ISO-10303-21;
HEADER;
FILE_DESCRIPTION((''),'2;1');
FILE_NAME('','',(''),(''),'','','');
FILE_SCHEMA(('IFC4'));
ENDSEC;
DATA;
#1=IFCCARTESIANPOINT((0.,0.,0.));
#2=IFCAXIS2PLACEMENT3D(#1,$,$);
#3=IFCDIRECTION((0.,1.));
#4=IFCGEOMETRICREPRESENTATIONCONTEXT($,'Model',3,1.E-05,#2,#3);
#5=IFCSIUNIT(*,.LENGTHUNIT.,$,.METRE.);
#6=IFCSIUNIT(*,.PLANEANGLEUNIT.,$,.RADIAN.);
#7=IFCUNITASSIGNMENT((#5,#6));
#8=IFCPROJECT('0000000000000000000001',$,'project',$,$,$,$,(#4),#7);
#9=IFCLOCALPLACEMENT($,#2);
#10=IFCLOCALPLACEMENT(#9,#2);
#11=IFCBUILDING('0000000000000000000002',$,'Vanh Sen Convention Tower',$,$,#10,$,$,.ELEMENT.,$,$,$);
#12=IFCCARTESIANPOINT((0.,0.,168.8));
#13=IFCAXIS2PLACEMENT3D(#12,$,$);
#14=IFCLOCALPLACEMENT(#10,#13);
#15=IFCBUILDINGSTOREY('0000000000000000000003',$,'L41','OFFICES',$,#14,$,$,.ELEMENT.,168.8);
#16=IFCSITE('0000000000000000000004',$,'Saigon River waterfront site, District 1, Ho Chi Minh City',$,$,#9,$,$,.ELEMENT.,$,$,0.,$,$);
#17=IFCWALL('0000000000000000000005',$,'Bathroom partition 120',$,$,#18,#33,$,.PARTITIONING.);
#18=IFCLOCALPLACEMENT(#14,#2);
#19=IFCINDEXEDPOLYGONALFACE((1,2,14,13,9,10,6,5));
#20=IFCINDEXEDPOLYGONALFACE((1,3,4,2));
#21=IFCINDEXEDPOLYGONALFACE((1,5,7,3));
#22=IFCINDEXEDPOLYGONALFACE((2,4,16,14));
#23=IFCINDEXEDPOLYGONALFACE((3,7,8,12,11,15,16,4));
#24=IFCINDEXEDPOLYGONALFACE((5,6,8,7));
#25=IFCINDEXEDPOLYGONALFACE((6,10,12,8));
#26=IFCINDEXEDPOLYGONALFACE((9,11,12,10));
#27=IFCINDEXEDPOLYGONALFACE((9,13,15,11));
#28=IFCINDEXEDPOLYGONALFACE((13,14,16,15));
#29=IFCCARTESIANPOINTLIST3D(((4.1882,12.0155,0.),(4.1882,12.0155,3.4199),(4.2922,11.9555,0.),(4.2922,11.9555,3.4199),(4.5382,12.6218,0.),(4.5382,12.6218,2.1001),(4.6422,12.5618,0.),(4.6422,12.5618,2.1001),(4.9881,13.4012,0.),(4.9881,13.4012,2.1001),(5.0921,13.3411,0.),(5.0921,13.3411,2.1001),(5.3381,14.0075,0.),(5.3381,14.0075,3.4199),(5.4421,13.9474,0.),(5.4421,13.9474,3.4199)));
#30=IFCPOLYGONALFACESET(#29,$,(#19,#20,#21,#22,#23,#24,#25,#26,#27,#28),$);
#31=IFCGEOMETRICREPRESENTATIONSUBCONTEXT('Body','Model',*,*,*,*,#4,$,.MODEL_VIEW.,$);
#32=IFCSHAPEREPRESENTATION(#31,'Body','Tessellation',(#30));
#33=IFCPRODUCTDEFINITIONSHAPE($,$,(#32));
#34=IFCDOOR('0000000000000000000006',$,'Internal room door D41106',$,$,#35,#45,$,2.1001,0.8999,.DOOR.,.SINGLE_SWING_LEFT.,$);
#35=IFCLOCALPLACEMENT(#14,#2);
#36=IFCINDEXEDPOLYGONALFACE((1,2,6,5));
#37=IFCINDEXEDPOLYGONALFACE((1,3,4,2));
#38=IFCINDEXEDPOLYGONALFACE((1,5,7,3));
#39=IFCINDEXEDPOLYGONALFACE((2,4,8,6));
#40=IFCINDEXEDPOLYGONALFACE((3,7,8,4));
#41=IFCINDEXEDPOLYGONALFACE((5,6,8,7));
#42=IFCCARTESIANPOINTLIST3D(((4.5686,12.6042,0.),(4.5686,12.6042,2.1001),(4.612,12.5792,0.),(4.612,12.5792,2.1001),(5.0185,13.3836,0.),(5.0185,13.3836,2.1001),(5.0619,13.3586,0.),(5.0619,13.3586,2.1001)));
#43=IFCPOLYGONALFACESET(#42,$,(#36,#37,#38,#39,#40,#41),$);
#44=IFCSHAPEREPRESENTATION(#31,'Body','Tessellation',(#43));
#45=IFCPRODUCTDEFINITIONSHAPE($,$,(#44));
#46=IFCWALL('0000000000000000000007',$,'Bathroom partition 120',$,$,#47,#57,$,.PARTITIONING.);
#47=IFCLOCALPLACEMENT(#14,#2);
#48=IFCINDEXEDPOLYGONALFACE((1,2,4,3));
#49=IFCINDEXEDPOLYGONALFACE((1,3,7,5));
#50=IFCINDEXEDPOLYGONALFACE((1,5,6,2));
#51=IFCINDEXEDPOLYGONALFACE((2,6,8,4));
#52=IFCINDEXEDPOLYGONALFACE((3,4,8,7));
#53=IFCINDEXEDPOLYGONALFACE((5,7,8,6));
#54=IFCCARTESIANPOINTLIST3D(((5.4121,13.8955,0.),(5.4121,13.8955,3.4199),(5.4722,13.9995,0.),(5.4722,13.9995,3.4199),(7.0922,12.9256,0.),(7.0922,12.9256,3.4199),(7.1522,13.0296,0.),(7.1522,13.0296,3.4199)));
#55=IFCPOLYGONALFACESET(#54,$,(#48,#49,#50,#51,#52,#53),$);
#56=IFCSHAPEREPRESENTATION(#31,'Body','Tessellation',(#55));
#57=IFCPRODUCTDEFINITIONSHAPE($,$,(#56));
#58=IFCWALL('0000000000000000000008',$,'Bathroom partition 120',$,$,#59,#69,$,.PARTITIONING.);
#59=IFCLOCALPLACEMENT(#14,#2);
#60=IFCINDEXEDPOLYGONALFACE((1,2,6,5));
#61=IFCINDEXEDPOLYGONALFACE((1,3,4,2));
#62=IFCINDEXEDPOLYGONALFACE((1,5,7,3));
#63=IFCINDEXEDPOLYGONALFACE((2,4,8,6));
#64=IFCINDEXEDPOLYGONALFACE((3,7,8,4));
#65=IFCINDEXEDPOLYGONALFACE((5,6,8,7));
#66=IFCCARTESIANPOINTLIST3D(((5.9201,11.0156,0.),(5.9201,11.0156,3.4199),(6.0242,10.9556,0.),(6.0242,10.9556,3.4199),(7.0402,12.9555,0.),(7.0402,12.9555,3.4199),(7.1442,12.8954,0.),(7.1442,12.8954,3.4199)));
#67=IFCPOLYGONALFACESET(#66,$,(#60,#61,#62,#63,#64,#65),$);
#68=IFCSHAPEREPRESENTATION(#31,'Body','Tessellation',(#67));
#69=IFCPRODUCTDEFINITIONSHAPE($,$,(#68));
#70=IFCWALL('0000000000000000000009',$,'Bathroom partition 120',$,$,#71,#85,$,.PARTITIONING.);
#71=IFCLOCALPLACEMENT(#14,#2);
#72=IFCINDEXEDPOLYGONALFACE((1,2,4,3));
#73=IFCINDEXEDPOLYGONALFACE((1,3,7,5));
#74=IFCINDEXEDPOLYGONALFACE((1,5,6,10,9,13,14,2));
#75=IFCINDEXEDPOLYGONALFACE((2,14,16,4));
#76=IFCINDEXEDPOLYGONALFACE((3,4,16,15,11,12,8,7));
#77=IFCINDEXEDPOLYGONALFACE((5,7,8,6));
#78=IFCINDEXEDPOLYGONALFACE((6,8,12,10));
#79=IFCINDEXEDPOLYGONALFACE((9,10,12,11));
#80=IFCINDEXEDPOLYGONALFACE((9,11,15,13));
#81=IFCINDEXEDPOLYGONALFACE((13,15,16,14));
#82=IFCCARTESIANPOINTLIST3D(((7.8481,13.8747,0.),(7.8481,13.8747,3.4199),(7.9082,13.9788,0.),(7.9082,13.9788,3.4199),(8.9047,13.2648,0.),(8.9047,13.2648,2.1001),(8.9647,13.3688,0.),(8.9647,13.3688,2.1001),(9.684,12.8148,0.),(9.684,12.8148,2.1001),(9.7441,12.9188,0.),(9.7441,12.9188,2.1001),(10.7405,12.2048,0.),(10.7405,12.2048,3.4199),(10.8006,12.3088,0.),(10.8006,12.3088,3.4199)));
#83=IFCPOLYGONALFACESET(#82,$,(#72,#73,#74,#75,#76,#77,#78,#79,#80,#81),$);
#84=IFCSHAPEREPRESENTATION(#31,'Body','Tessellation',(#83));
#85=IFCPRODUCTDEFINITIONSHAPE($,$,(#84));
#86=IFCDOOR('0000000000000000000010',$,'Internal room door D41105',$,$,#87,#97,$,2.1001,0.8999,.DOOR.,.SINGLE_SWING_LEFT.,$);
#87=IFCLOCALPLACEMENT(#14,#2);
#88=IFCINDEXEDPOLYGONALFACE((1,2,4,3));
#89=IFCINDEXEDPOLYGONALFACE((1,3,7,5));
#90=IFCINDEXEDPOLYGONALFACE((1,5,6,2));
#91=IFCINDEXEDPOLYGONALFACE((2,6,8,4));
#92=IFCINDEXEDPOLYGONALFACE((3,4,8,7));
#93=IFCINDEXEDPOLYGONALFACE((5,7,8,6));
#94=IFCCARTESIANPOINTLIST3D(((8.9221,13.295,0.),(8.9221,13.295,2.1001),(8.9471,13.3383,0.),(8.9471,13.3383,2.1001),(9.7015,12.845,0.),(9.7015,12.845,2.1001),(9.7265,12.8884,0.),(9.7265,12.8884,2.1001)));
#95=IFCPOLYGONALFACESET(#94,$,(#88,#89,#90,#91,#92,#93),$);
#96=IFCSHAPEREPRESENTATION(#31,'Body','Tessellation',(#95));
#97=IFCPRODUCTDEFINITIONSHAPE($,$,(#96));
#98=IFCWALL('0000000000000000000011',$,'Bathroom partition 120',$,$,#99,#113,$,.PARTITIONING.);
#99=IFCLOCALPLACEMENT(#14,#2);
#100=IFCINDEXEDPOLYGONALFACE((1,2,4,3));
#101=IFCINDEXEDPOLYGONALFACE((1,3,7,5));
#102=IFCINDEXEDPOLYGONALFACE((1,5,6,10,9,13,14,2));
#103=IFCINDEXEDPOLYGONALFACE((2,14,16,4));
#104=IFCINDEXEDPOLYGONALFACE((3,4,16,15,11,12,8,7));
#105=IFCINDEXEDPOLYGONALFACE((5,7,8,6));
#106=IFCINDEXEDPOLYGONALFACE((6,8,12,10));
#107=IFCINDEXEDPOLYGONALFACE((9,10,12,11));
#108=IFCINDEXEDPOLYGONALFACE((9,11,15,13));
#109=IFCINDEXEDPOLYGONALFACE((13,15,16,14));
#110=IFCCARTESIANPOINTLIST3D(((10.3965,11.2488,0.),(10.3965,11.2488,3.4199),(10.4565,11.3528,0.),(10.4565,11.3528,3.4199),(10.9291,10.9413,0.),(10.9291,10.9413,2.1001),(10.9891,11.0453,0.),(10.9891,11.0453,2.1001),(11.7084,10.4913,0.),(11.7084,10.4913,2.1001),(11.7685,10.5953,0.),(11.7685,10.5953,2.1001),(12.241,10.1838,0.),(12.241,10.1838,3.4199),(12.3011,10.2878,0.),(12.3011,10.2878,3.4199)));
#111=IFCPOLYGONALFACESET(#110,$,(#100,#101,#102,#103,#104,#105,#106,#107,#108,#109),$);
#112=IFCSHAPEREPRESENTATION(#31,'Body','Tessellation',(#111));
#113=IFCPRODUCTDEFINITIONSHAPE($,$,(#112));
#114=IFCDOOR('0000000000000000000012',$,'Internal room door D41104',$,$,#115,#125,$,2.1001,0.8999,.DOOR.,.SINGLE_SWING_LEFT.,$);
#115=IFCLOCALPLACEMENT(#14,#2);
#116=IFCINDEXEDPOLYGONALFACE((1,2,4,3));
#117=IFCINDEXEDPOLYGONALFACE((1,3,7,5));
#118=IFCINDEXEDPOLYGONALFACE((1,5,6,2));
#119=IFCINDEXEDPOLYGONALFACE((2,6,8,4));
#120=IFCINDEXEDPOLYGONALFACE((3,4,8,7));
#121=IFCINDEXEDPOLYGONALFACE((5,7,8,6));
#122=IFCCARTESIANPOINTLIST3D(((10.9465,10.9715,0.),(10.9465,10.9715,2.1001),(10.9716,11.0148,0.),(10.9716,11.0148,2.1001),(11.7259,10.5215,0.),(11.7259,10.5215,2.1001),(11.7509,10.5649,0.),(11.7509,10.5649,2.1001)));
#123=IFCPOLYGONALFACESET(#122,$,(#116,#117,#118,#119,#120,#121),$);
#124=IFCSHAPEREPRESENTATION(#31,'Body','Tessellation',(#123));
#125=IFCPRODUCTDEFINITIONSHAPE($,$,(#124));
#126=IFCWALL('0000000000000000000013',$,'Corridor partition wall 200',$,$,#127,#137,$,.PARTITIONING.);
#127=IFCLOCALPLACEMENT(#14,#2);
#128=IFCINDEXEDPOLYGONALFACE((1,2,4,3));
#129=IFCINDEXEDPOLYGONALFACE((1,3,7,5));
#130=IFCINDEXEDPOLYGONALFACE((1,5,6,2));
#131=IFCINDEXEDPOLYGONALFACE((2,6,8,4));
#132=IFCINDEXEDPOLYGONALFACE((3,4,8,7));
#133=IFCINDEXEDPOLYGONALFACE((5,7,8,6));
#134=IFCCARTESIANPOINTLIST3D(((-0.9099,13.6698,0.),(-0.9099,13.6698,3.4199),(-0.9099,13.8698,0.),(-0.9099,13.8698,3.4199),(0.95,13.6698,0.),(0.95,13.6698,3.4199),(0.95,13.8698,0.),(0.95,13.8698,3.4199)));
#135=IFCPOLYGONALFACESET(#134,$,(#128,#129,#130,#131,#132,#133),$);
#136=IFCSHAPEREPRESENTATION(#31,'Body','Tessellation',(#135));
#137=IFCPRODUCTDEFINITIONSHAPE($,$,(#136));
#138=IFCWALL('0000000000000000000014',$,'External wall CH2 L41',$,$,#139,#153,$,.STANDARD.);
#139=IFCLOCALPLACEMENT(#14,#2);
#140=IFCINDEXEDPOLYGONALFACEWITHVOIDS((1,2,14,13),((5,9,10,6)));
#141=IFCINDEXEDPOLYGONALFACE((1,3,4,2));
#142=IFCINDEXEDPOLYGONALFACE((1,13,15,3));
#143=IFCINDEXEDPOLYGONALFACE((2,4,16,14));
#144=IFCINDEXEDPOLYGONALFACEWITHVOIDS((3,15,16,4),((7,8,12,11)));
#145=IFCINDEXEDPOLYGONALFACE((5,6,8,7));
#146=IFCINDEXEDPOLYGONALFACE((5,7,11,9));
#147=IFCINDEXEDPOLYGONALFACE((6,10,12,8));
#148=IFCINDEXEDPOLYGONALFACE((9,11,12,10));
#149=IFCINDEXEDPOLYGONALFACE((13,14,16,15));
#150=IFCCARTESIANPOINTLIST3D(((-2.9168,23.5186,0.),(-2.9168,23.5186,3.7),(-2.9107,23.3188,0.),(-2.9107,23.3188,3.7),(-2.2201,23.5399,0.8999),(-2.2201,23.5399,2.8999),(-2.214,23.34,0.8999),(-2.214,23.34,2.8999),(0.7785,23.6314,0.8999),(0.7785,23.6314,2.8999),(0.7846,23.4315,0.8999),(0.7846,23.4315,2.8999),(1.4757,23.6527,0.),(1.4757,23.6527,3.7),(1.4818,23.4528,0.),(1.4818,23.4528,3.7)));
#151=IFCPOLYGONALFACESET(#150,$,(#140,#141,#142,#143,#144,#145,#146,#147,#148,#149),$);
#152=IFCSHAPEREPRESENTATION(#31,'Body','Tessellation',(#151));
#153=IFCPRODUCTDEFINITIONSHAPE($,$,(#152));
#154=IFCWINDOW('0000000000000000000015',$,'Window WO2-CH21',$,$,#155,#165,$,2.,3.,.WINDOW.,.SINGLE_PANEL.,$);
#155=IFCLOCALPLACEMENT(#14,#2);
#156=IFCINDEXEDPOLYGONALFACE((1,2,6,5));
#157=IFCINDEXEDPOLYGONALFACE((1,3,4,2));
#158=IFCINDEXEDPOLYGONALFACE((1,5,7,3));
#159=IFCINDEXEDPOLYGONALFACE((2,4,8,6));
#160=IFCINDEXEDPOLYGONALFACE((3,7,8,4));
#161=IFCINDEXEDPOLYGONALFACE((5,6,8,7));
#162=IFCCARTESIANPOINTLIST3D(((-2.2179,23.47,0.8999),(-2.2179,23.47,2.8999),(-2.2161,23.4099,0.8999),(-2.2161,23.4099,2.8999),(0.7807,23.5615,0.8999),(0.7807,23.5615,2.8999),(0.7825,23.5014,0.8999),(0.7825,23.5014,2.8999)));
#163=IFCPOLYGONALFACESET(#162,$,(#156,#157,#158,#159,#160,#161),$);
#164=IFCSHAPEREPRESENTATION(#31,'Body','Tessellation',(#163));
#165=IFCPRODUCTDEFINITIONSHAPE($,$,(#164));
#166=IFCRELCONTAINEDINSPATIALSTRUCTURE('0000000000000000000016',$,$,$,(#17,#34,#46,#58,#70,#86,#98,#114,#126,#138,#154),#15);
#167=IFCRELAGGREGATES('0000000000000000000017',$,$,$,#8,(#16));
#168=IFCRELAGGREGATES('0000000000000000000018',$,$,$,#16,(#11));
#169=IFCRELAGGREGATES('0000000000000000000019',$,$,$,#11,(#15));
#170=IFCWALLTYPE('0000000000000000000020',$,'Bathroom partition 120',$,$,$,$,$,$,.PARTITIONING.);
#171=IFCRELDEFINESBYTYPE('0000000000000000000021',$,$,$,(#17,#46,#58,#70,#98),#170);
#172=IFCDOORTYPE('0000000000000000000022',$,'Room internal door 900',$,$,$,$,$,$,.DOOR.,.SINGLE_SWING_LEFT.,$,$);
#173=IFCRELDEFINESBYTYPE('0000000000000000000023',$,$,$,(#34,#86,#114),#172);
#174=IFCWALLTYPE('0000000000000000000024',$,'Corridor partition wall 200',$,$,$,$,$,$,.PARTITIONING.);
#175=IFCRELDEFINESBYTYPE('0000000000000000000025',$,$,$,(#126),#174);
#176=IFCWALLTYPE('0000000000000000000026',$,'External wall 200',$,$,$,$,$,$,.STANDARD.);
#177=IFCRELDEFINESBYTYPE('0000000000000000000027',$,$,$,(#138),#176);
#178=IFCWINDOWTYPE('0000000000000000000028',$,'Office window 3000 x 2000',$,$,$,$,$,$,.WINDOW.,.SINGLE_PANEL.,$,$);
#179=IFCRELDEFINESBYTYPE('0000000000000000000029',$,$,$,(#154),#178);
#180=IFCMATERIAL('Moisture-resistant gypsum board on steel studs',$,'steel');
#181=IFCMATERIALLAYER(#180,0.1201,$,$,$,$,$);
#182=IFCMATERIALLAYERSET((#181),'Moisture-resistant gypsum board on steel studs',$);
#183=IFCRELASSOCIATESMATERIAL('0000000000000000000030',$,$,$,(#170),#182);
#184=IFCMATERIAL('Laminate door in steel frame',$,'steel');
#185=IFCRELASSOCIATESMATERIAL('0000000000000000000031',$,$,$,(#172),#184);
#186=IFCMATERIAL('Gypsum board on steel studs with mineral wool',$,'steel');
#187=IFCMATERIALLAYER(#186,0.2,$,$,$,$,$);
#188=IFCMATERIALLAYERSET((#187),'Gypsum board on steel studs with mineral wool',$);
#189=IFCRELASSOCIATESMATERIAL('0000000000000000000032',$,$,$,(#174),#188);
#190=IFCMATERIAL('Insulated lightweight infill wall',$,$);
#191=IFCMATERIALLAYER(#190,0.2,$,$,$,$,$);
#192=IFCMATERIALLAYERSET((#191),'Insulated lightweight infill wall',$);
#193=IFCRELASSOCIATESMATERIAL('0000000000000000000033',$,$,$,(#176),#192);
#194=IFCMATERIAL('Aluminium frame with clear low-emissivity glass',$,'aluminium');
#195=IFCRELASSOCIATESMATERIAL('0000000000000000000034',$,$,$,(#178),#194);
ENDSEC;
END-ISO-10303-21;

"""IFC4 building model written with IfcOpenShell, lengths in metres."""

from ifc_helpers import new_model, si_unit, direction, frame, frame_2d, origin, place, context, subcontext, project, spatial, rectangle, extrude, material, layer, layer_set, type_object, element, fill, save


model = new_model("IFC4")

# Units and contexts
model_context = context("Model", 3, precision=1e-05, world=origin(), true_north=direction((0.0, 1.0)))
body_context = subcontext(model_context, "Body", "Model", "MODEL_VIEW")
ifc_project = project(units=[si_unit("LENGTHUNIT", "METRE"), si_unit("PLANEANGLEUNIT", "RADIAN")], contexts=[model_context])

# Site, building, storey
site_placement = place(None, origin())
site = spatial("IfcSite", under=ifc_project, at=site_placement, Name="Saigon River waterfront site, District 1, Ho Chi Minh City", CompositionType="ELEMENT", RefElevation=0.0)
building_placement = place(site_placement, origin())
building = spatial("IfcBuilding", under=site, at=building_placement, Name="Vanh Sen Convention Tower", CompositionType="ELEMENT")
storey_placement = place(building_placement, frame((0.0, 0.0, 168.8)))
storey = spatial("IfcBuildingStorey", under=building, at=storey_placement, Name="L41", Description="OFFICES", CompositionType="ELEMENT", Elevation=168.8)

# Wall, opening, door
ifc_material_1 = material(Name="Moisture-resistant gypsum board on steel studs", Category="steel")
ifc_layer_1 = layer(ifc_material_1, 0.1201)
ifc_layer_set_1 = layer_set([ifc_layer_1], Name="Moisture-resistant gypsum board on steel studs")
wall_type_1 = type_object("IfcWallType", Name="Bathroom partition 120", PredefinedType="PARTITIONING", material=ifc_layer_set_1)
wall_1_placement = place(storey_placement, frame((4.2402, 11.9856, 0.0), z_axis=(0.0, 0.0, 1.0), x_axis=(0.499952, 0.866053, 0.0)))
wall_1 = element("IfcWall", 1, at=wall_1_placement, inside=storey, type_object=wall_type_1, Name="Bathroom partition 120", PredefinedType="PARTITIONING", context=body_context, shape_type="SweptSolid", body=[
    extrude(rectangle(XDim=2.3, YDim=0.1201, at=frame_2d((1.1499, 0.0))), origin(), (0.0, 0.0, 1.0), 3.4199),
])
opening_1_placement = place(wall_1_placement, frame((0.7, 0.0, 0.0)))
opening_1 = element("IfcOpeningElement", 2, at=opening_1_placement, cuts=wall_1, PredefinedType="OPENING", context=body_context, shape_type="SweptSolid", body=[
    extrude(rectangle(XDim=0.8999, YDim=2.1001, at=frame_2d((0.45, 1.05))), frame((0.0, 0.0701, 0.0), z_axis=(0.0, -1.0, 0.0), x_axis=(1.0, 0.0, 0.0)), (0.0, 0.0, 1.0), 0.1401),
])
ifc_material_2 = material(Name="Laminate door in steel frame", Category="steel")
door_type = type_object("IfcDoorType", Name="Room internal door 900", OperationType="SINGLE_SWING_LEFT", PredefinedType="DOOR", material=ifc_material_2)
door_1_placement = place(opening_1_placement, origin())
door_1 = element("IfcDoor", 3, at=door_1_placement, inside=storey, type_object=door_type, Name="Internal room door D41106", OperationType="SINGLE_SWING_LEFT", OverallHeight=2.1001, OverallWidth=0.8999, PredefinedType="DOOR", context=body_context, shape_type="SweptSolid", body=[
    extrude(rectangle(XDim=0.8999, YDim=2.1001, at=frame_2d((0.45, 1.05))), frame((0.0, 0.0249, 0.0), z_axis=(0.0, -1.0, 0.0), x_axis=(1.0, 0.0, 0.0)), (0.0, 0.0, 1.0), 0.05),
])
fill(opening_1, door_1)

# Walls
wall_2_placement = place(storey_placement, frame((5.4421, 13.9475, 0.0), z_axis=(0.0, 0.0, 1.0), x_axis=(0.866043, -0.499969, 0.0)))
element("IfcWall", 4, at=wall_2_placement, inside=storey, type_object=wall_type_1, Name="Bathroom partition 120", PredefinedType="PARTITIONING", context=body_context, shape_type="SweptSolid", body=[
    extrude(rectangle(XDim=1.9399, YDim=0.1201, at=frame_2d((0.97, 0.0))), origin(), (0.0, 0.0, 1.0), 3.4199),
])
wall_3_placement = place(storey_placement, frame((7.0923, 12.9255, 0.0), z_axis=(0.0, 0.0, 1.0), x_axis=(-0.500031, -0.866008, 0.0)))
element("IfcWall", 5, at=wall_3_placement, inside=storey, type_object=wall_type_1, Name="Bathroom partition 120", PredefinedType="PARTITIONING", context=body_context, shape_type="SweptSolid", body=[
    extrude(rectangle(XDim=2.24, YDim=0.1201, at=frame_2d((1.1201, 0.0))), origin(), (0.0, 0.0, 1.0), 3.4199),
])

# Walls, openings, doors
wall_4_placement = place(storey_placement, frame((7.8782, 13.9268, 0.0), z_axis=(0.0, 0.0, 1.0), x_axis=(0.866021, -0.500007, 0.0)))
wall_4 = element("IfcWall", 6, at=wall_4_placement, inside=storey, type_object=wall_type_1, Name="Bathroom partition 120", PredefinedType="PARTITIONING", context=body_context, shape_type="SweptSolid", body=[
    extrude(rectangle(XDim=3.3398, YDim=0.1201, at=frame_2d((1.6699, 0.0))), origin(), (0.0, 0.0, 1.0), 3.4199),
])
opening_2_placement = place(wall_4_placement, frame((1.22, 0.0, 0.0)))
opening_2 = element("IfcOpeningElement", 7, at=opening_2_placement, cuts=wall_4, PredefinedType="OPENING", context=body_context, shape_type="SweptSolid", body=[
    extrude(rectangle(XDim=0.8999, YDim=2.1001, at=frame_2d((0.45, 1.05))), frame((0.0, 0.0701, 0.0), z_axis=(0.0, -1.0, 0.0), x_axis=(1.0, 0.0, 0.0)), (0.0, 0.0, 1.0), 0.1401),
])
door_2_placement = place(opening_2_placement, origin())
door_2 = element("IfcDoor", 8, at=door_2_placement, inside=storey, type_object=door_type, Name="Internal room door D41105", OperationType="SINGLE_SWING_LEFT", OverallHeight=2.1001, OverallWidth=0.8999, PredefinedType="DOOR", context=body_context, shape_type="SweptSolid", body=[
    extrude(rectangle(XDim=0.8999, YDim=2.1001, at=frame_2d((0.45, 1.05))), frame((0.0, 0.0249, 0.0), z_axis=(0.0, -1.0, 0.0), x_axis=(1.0, 0.0, 0.0)), (0.0, 0.0, 1.0), 0.05),
])
fill(opening_2, door_2)
wall_5_placement = place(storey_placement, frame((10.4265, 11.3008, 0.0), z_axis=(0.0, 0.0, 1.0), x_axis=(0.86602, -0.50001, 0.0)))
wall_5 = element("IfcWall", 9, at=wall_5_placement, inside=storey, type_object=wall_type_1, Name="Bathroom partition 120", PredefinedType="PARTITIONING", context=body_context, shape_type="SweptSolid", body=[
    extrude(rectangle(XDim=2.1299, YDim=0.1201, at=frame_2d((1.0649, 0.0))), origin(), (0.0, 0.0, 1.0), 3.4199),
])
opening_3_placement = place(wall_5_placement, frame((0.615, 0.0, 0.0)))
opening_3 = element("IfcOpeningElement", 10, at=opening_3_placement, cuts=wall_5, PredefinedType="OPENING", context=body_context, shape_type="SweptSolid", body=[
    extrude(rectangle(XDim=0.8999, YDim=2.1001, at=frame_2d((0.45, 1.05))), frame((0.0, 0.0701, 0.0), z_axis=(0.0, -1.0, 0.0), x_axis=(1.0, 0.0, 0.0)), (0.0, 0.0, 1.0), 0.1401),
])
door_3_placement = place(opening_3_placement, origin())
door_3 = element("IfcDoor", 11, at=door_3_placement, inside=storey, type_object=door_type, Name="Internal room door D41104", OperationType="SINGLE_SWING_LEFT", OverallHeight=2.1001, OverallWidth=0.8999, PredefinedType="DOOR", context=body_context, shape_type="SweptSolid", body=[
    extrude(rectangle(XDim=0.8999, YDim=2.1001, at=frame_2d((0.45, 1.05))), frame((0.0, 0.0249, 0.0), z_axis=(0.0, -1.0, 0.0), x_axis=(1.0, 0.0, 0.0)), (0.0, 0.0, 1.0), 0.05),
])
fill(opening_3, door_3)

# Wall
ifc_material_3 = material(Name="Gypsum board on steel studs with mineral wool", Category="steel")
ifc_layer_2 = layer(ifc_material_3, 0.2)
ifc_layer_set_2 = layer_set([ifc_layer_2], Name="Gypsum board on steel studs with mineral wool")
wall_type_2 = type_object("IfcWallType", Name="Corridor partition wall 200", PredefinedType="PARTITIONING", material=ifc_layer_set_2)
wall_6_placement = place(storey_placement, frame((0.95, 13.7698, 0.0), z_axis=(0.0, 0.0, 1.0), x_axis=(-1.0, 0.0, 0.0)))
element("IfcWall", 12, at=wall_6_placement, inside=storey, type_object=wall_type_2, Name="Corridor partition wall 200", PredefinedType="PARTITIONING", context=body_context, shape_type="SweptSolid", body=[
    extrude(rectangle(XDim=1.8599, YDim=0.2, at=frame_2d((0.9299, 0.0))), origin(), (0.0, 0.0, 1.0), 3.4199),
])

# Wall, opening, window
ifc_material_4 = material(Name="Insulated lightweight infill wall")
ifc_layer_3 = layer(ifc_material_4, 0.2)
ifc_layer_set_3 = layer_set([ifc_layer_3], Name="Insulated lightweight infill wall")
wall_type_3 = type_object("IfcWallType", Name="External wall 200", PredefinedType="STANDARD", material=ifc_layer_set_3)
wall_7_placement = place(storey_placement, frame((1.4788, 23.5527, 0.0), z_axis=(0.0, 0.0, 1.0), x_axis=(-0.999535, -0.030499, 0.0)))
wall_7 = element("IfcWall", 13, at=wall_7_placement, inside=storey, type_object=wall_type_3, Name="External wall CH2 L41", PredefinedType="STANDARD", context=body_context, shape_type="SweptSolid", body=[
    extrude(rectangle(XDim=4.3945, YDim=0.2, at=frame_2d((2.1973, 0.0))), origin(), (0.0, 0.0, 1.0), 3.7),
])
opening_4_placement = place(wall_7_placement, frame((0.6975, 0.0, 0.8999)))
opening_4 = element("IfcOpeningElement", 14, at=opening_4_placement, cuts=wall_7, PredefinedType="OPENING", context=body_context, shape_type="SweptSolid", body=[
    extrude(rectangle(XDim=3.0, YDim=2.0, at=frame_2d((1.5, 1.0))), frame((0.0, 0.1099, 0.0), z_axis=(0.0, -1.0, 0.0), x_axis=(1.0, 0.0, 0.0)), (0.0, 0.0, 1.0), 0.22),
])
ifc_material_5 = material(Name="Aluminium frame with clear low-emissivity glass", Category="aluminium")
window_type = type_object("IfcWindowType", Name="Office window 3000 x 2000", PartitioningType="SINGLE_PANEL", PredefinedType="WINDOW", material=ifc_material_5)
window_placement = place(opening_4_placement, origin())
window = element("IfcWindow", 15, at=window_placement, inside=storey, type_object=window_type, Name="Window WO2-CH21", OverallHeight=2.0, OverallWidth=3.0, PartitioningType="SINGLE_PANEL", PredefinedType="WINDOW", context=body_context, shape_type="SweptSolid", body=[
    extrude(rectangle(XDim=3.0, YDim=2.0, at=frame_2d((1.5, 1.0))), frame((0.0, 0.03, 0.0), z_axis=(0.0, -1.0, 0.0), x_axis=(1.0, 0.0, 0.0)), (0.0, 0.0, 1.0), 0.0601),
])
fill(opening_4, window)

save(model, "model.ifc")
